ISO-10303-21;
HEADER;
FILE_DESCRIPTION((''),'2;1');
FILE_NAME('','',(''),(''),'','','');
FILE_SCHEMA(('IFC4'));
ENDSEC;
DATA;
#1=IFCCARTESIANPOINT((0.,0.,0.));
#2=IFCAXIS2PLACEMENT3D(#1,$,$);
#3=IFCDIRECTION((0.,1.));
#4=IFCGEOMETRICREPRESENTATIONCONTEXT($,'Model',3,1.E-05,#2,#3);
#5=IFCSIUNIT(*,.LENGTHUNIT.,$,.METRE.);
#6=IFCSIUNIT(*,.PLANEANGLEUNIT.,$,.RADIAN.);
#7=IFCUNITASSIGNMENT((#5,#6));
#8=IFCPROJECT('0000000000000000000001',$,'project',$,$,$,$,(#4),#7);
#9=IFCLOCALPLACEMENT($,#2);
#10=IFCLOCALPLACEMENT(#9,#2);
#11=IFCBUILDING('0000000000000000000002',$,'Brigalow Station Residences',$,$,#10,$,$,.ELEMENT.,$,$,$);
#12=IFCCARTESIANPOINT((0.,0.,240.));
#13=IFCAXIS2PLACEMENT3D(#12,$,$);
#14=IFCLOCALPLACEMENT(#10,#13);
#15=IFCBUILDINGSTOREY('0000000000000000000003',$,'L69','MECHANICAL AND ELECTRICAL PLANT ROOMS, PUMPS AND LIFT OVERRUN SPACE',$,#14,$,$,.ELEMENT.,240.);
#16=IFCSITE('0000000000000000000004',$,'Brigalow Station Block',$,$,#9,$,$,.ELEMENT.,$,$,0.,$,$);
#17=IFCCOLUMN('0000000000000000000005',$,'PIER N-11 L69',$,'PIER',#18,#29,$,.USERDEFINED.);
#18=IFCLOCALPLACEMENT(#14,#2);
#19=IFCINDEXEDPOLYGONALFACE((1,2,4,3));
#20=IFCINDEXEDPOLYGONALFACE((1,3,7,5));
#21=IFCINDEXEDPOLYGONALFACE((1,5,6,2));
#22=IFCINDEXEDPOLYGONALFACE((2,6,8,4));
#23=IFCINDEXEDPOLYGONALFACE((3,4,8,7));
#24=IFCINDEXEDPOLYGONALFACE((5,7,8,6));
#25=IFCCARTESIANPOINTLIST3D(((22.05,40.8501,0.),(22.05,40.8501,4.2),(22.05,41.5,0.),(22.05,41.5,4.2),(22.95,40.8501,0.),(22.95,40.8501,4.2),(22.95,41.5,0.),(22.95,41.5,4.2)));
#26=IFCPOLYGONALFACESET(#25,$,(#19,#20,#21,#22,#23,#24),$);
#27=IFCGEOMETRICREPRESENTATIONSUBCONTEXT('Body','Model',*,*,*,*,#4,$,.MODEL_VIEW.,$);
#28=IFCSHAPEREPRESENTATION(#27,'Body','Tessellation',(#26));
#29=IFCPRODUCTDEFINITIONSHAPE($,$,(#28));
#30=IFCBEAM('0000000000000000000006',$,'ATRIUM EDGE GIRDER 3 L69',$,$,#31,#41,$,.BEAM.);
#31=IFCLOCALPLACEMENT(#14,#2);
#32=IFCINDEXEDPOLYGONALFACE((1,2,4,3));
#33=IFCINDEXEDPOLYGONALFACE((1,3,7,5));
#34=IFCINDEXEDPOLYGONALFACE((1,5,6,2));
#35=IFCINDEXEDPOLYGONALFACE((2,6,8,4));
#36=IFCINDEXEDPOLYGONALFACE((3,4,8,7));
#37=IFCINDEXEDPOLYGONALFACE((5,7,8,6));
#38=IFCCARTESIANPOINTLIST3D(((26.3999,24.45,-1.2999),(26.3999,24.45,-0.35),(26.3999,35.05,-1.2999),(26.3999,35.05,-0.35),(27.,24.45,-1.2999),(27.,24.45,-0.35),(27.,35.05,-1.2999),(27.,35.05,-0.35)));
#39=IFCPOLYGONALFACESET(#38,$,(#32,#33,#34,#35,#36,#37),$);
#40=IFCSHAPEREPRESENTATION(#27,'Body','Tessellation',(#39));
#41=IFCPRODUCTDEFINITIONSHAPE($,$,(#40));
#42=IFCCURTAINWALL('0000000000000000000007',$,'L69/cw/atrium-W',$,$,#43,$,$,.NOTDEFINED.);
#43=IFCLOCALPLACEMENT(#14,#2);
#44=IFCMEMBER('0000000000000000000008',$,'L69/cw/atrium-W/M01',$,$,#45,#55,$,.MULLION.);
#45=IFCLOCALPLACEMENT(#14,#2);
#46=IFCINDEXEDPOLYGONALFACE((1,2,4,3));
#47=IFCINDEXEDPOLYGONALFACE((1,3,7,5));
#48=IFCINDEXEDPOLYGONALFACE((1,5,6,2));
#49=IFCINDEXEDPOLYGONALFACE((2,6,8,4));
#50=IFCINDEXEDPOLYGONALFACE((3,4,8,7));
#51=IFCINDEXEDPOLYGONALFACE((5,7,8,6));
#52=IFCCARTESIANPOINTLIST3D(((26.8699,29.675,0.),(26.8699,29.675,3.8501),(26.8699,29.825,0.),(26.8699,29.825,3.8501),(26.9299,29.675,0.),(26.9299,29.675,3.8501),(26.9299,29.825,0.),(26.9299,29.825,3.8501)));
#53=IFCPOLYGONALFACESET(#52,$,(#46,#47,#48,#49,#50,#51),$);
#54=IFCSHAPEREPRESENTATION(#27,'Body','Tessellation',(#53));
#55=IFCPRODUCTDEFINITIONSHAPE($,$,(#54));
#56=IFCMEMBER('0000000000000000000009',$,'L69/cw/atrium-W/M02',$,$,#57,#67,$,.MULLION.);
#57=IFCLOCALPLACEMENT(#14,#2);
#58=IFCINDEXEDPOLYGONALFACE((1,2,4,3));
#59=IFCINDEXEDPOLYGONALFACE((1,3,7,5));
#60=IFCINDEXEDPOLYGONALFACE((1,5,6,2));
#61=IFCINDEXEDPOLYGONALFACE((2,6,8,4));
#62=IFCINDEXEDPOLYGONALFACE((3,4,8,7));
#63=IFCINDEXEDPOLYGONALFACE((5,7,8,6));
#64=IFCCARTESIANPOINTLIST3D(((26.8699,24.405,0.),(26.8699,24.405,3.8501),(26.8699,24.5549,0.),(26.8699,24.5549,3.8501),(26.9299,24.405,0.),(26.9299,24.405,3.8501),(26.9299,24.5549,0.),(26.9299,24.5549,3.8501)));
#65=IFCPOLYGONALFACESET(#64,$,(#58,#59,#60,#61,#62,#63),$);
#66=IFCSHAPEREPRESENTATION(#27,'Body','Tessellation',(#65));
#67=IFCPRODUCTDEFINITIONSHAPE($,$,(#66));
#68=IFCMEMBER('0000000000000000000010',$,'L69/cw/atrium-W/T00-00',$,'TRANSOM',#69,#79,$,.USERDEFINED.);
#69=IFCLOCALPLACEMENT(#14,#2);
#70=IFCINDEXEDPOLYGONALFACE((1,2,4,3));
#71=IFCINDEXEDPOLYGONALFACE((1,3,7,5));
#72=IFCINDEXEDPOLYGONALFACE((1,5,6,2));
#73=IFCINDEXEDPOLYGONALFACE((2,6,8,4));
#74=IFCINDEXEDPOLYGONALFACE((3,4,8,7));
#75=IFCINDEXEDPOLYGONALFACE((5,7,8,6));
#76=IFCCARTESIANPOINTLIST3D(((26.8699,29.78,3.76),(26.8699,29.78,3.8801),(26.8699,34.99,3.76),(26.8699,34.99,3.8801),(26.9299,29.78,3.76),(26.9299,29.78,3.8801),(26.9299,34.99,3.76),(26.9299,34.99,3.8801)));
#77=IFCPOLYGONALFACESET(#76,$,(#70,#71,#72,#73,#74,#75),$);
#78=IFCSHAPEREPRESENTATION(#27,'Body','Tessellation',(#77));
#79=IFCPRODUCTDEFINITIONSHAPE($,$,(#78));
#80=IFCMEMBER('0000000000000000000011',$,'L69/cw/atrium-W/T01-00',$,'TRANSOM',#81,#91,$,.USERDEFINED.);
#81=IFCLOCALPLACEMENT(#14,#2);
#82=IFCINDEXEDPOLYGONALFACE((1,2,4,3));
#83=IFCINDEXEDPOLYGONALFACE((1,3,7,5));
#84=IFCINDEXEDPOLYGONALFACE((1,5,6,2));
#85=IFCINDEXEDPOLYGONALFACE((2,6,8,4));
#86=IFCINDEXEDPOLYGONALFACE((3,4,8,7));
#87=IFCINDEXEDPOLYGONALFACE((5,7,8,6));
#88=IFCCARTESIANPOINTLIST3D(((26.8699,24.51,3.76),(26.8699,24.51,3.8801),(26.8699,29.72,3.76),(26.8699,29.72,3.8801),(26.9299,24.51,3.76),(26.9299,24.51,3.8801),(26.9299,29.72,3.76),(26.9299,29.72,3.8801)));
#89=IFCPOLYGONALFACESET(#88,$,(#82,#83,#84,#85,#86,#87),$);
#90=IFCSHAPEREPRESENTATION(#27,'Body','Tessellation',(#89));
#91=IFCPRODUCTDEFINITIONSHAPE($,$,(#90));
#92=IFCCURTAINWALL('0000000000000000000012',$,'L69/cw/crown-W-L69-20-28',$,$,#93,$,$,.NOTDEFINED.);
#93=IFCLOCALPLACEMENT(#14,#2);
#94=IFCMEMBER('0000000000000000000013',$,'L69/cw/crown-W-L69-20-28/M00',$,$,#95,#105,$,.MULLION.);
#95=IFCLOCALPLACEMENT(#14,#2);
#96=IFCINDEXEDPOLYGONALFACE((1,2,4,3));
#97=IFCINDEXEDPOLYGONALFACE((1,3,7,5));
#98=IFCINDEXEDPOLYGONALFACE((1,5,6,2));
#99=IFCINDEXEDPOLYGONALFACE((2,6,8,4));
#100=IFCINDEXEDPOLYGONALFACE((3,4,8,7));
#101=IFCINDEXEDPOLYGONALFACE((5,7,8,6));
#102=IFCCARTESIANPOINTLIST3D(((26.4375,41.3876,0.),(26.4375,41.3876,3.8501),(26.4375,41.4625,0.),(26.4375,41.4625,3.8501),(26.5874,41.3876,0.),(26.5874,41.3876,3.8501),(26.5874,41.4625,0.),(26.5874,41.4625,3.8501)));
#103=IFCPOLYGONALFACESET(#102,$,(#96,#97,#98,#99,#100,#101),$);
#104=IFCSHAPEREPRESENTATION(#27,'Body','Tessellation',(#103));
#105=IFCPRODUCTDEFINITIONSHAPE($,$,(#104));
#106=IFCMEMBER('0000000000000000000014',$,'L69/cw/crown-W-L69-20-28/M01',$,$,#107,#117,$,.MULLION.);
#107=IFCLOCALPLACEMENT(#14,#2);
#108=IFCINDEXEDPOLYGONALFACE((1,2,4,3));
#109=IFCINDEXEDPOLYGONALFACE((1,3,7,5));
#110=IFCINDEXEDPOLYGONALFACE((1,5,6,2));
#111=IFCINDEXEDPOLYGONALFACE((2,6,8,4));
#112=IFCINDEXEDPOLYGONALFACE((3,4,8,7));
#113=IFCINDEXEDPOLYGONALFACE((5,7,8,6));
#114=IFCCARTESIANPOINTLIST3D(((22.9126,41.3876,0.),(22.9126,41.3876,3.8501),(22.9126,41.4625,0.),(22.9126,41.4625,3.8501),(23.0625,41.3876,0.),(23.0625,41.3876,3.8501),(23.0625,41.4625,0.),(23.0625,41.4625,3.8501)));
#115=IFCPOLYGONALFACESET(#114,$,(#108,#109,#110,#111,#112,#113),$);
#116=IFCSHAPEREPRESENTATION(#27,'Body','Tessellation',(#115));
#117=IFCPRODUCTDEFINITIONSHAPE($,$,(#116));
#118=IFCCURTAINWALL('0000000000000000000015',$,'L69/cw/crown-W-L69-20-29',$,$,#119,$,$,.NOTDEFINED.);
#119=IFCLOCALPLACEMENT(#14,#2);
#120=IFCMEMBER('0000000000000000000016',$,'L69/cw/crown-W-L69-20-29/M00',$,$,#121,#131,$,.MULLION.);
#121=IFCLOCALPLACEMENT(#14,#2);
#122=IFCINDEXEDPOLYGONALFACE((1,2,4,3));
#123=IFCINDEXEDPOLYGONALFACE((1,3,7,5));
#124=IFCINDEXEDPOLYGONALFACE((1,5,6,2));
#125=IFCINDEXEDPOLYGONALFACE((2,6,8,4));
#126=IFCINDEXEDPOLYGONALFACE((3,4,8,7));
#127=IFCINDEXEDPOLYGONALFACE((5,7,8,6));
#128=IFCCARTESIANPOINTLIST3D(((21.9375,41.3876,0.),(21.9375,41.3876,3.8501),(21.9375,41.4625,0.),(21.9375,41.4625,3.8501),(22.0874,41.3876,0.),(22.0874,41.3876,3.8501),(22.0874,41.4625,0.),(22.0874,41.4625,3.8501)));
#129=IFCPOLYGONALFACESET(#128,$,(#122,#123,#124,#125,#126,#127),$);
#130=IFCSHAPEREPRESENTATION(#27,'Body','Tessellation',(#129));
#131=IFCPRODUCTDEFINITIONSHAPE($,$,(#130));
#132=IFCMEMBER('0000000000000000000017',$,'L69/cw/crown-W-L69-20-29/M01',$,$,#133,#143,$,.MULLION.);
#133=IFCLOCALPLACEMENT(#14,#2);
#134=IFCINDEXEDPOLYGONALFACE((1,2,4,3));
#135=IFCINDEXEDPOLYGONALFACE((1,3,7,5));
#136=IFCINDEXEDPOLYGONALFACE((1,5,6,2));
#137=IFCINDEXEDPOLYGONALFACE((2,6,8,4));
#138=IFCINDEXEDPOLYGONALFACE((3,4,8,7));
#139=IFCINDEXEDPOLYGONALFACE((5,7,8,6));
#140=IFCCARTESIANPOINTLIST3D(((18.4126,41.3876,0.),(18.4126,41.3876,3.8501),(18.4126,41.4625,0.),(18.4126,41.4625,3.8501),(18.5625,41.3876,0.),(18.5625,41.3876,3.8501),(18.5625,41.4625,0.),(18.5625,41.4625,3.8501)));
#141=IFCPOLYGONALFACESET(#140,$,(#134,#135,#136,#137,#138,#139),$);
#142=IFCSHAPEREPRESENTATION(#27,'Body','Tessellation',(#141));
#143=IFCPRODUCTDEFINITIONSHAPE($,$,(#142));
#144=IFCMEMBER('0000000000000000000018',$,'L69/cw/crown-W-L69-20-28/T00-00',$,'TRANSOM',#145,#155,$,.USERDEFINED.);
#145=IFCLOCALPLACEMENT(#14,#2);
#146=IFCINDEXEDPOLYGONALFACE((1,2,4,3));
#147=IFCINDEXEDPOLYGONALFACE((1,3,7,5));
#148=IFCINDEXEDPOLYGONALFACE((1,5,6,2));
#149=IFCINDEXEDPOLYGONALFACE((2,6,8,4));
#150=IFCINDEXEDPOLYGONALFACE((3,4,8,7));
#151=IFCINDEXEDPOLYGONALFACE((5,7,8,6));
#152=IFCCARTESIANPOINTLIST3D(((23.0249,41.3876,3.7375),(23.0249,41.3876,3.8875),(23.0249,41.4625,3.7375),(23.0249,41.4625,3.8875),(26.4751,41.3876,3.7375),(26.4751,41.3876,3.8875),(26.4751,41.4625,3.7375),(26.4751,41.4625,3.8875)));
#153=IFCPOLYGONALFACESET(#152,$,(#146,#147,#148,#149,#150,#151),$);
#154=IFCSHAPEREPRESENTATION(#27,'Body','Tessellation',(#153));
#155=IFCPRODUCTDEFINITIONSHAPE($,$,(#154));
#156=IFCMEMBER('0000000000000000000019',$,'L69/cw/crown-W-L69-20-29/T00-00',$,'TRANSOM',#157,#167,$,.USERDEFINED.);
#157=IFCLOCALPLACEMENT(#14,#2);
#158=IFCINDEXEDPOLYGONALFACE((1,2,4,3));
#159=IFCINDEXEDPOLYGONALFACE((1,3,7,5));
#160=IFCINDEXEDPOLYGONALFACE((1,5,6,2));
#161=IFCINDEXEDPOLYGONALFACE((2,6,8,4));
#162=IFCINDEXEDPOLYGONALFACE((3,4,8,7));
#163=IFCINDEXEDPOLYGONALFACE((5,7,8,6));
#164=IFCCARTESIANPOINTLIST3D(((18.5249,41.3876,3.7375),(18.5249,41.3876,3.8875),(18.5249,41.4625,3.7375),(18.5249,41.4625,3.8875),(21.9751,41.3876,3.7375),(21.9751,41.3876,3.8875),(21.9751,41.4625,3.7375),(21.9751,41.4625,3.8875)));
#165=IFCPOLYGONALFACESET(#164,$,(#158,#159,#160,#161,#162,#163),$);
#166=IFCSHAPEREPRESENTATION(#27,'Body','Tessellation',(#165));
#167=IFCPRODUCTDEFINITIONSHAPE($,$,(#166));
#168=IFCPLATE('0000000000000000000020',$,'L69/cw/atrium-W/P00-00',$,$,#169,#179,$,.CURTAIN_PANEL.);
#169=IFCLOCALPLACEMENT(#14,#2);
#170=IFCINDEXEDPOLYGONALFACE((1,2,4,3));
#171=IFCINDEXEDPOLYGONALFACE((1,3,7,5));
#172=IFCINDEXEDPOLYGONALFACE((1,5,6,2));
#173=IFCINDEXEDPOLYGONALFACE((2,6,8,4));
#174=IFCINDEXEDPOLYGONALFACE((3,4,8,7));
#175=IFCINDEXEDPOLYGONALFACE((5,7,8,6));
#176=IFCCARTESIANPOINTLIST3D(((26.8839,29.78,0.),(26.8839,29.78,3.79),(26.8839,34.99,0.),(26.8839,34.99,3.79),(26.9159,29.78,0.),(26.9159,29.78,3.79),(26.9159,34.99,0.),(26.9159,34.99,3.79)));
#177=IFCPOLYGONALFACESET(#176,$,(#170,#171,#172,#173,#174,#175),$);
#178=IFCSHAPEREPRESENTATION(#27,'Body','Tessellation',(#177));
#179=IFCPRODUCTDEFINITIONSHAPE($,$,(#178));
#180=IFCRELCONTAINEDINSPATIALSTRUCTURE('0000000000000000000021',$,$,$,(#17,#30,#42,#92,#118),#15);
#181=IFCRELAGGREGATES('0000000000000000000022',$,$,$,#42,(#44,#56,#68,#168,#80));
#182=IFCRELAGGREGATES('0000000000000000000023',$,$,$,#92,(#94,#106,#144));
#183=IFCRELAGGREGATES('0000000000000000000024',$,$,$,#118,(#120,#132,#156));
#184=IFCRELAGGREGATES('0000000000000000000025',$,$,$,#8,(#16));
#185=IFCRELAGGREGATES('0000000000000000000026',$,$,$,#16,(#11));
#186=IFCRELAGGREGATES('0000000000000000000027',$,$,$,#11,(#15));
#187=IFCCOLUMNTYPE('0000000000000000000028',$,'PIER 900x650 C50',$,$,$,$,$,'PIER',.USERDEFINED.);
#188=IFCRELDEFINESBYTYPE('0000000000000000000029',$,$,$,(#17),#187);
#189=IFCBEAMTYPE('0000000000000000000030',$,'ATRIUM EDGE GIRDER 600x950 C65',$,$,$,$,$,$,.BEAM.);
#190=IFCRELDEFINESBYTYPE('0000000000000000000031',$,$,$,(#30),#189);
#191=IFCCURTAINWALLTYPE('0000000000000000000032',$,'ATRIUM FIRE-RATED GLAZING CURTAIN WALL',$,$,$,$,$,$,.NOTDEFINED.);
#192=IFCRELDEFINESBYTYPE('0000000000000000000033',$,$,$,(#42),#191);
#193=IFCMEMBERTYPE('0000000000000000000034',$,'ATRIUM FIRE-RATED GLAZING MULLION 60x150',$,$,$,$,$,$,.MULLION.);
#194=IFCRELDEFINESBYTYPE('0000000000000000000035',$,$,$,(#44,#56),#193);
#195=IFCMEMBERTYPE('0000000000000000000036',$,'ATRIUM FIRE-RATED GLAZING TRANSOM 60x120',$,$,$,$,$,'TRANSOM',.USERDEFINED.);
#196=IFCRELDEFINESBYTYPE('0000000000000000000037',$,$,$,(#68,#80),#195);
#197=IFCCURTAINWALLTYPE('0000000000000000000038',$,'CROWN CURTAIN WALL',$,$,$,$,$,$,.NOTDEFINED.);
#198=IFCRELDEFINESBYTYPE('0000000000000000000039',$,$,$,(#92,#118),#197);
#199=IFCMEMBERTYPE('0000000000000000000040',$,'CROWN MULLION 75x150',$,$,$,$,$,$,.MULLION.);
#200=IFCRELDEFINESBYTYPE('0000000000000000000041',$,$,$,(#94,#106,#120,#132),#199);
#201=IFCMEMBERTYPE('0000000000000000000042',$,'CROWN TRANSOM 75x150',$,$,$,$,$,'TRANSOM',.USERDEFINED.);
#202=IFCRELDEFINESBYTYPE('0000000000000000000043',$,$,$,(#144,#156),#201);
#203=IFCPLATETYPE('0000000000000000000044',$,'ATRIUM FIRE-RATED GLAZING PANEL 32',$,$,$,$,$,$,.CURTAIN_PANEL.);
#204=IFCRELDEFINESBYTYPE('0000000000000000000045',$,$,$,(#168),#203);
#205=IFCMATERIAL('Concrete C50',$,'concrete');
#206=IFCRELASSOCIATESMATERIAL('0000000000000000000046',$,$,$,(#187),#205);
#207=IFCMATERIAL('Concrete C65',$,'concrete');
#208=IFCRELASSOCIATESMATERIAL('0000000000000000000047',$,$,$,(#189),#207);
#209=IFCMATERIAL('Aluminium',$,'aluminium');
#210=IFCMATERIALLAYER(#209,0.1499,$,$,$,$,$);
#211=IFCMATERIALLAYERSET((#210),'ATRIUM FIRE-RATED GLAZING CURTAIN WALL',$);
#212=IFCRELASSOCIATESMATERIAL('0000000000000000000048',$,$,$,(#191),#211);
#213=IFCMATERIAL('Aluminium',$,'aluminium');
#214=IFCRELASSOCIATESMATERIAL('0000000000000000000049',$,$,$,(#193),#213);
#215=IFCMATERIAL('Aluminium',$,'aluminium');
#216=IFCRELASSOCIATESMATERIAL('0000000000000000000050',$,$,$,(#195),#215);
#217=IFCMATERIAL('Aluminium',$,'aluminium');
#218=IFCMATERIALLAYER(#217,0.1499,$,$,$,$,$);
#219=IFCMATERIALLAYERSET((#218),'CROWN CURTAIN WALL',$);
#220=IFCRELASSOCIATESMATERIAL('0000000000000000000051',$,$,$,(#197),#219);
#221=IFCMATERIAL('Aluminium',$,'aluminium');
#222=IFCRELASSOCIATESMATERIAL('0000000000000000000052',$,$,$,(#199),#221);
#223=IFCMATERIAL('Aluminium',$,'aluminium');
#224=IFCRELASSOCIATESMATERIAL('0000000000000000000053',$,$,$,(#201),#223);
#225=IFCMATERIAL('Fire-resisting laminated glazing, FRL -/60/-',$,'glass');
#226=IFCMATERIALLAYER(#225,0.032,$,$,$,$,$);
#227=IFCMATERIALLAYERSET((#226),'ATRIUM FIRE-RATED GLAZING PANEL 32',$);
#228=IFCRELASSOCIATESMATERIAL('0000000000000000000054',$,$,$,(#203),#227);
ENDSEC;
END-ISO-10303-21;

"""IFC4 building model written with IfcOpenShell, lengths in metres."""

from ifc_helpers import new_model, si_unit, direction, frame, origin, origin_2d, place, context, subcontext, project, spatial, rectangle, extrude, material, layer, layer_set, material_profile, profile_set, type_object, element, aggregate, save


model = new_model("IFC4")

# Units and contexts
model_context = context("Model", 3, precision=1e-05, world=origin(), true_north=direction((0.0, 1.0)))
body_context = subcontext(model_context, "Body", "Model", "MODEL_VIEW")
ifc_project = project(units=[si_unit("LENGTHUNIT", "METRE"), si_unit("PLANEANGLEUNIT", "RADIAN")], contexts=[model_context])

# Site, building, storey
site_placement = place(None, origin())
site = spatial("IfcSite", under=ifc_project, at=site_placement, Name="Brigalow Station Block", CompositionType="ELEMENT", RefElevation=0.0)
building_placement = place(site_placement, origin())
building = spatial("IfcBuilding", under=site, at=building_placement, Name="Brigalow Station Residences", CompositionType="ELEMENT")
storey_placement = place(building_placement, frame((0.0, 0.0, 240.0)))
storey = spatial("IfcBuildingStorey", under=building, at=storey_placement, Name="L69", Description="MECHANICAL AND ELECTRICAL PLANT ROOMS, PUMPS AND LIFT OVERRUN SPACE", CompositionType="ELEMENT", Elevation=240.0)

# Column
ifc_material_1 = material(Name="Concrete C50", Category="concrete")
ifc_material_profile_1 = material_profile(ifc_material_1, rectangle(XDim=0.8999, YDim=0.6499, at=origin_2d()), Name="RC900x650")
ifc_profile_set_1 = profile_set([ifc_material_profile_1], Name="Concrete C50")
column_type = type_object("IfcColumnType", Name="PIER 900x650 C50", ElementType="PIER", PredefinedType="USERDEFINED", material=ifc_profile_set_1)
column_placement = place(storey_placement, frame((22.5, 41.175, 0.0), z_axis=(0.0, 0.0, 1.0), x_axis=(-1.0, 0.0, 0.0)))
element("IfcColumn", 1, at=column_placement, inside=storey, type_object=column_type, Name="PIER N-11 L69", ObjectType="PIER", PredefinedType="USERDEFINED", context=body_context, shape_type="SweptSolid", body=[
    extrude(rectangle(XDim=0.8999, YDim=0.6499, at=origin_2d()), origin(), (0.0, 0.0, 1.0), 4.2),
])

# Beam
ifc_material_2 = material(Name="Concrete C65", Category="concrete")
ifc_material_profile_2 = material_profile(ifc_material_2, rectangle(XDim=0.6001, YDim=0.95, at=origin_2d()), Name="RC600x950")
ifc_profile_set_2 = profile_set([ifc_material_profile_2], Name="Concrete C65")
beam_type = type_object("IfcBeamType", Name="ATRIUM EDGE GIRDER 600x950 C65", PredefinedType="BEAM", material=ifc_profile_set_2)
beam_placement = place(storey_placement, frame((26.7, 24.45, -0.825), z_axis=(0.0, 1.0, 0.0), x_axis=(-1.0, 0.0, 0.0)))
element("IfcBeam", 2, at=beam_placement, inside=storey, type_object=beam_type, Name="ATRIUM EDGE GIRDER 3 L69", PredefinedType="BEAM", context=body_context, shape_type="SweptSolid", body=[
    extrude(rectangle(XDim=0.6001, YDim=0.95, at=origin_2d()), origin(), (0.0, 0.0, 1.0), 10.6001),
])

# Curtain walls, members
ifc_material_3 = material(Name="Aluminium", Category="aluminium")
ifc_layer_1 = layer(ifc_material_3, 0.1499)
ifc_layer_set_1 = layer_set([ifc_layer_1], Name="ATRIUM FIRE-RATED GLAZING CURTAIN WALL")
curtain_wall_type_1 = type_object("IfcCurtainWallType", Name="ATRIUM FIRE-RATED GLAZING CURTAIN WALL", PredefinedType="NOTDEFINED", material=ifc_layer_set_1)
curtain_wall_1_placement = place(storey_placement, origin())
curtain_wall_1 = element("IfcCurtainWall", 3, at=curtain_wall_1_placement, inside=storey, type_object=curtain_wall_type_1, Name="L69/cw/atrium-W", PredefinedType="NOTDEFINED")
ifc_material_4 = material(Name="Aluminium", Category="aluminium")
ifc_material_profile_3 = material_profile(ifc_material_4, rectangle(XDim=0.0601, YDim=0.1499, at=origin_2d()), Name="ATRIUM FIRE-RATED GLAZING MULLION 60x150")
ifc_profile_set_3 = profile_set([ifc_material_profile_3], Name="Aluminium")
member_type_1 = type_object("IfcMemberType", Name="ATRIUM FIRE-RATED GLAZING MULLION 60x150", PredefinedType="MULLION", material=ifc_profile_set_3)
member_1_placement = place(storey_placement, frame((26.8999, 29.75, 0.0), z_axis=(0.0, 0.0, 1.0), x_axis=(1.0, 0.0, 0.0)))
member_1 = element("IfcMember", 4, at=member_1_placement, type_object=member_type_1, Name="L69/cw/atrium-W/M01", PredefinedType="MULLION", context=body_context, shape_type="SweptSolid", body=[
    extrude(rectangle(XDim=0.0601, YDim=0.1499, at=origin_2d()), origin(), (0.0, 0.0, 1.0), 3.8501),
])
member_2_placement = place(storey_placement, frame((26.8999, 24.48, 0.0), z_axis=(0.0, 0.0, 1.0), x_axis=(1.0, 0.0, 0.0)))
member_2 = element("IfcMember", 5, at=member_2_placement, type_object=member_type_1, Name="L69/cw/atrium-W/M02", PredefinedType="MULLION", context=body_context, shape_type="SweptSolid", body=[
    extrude(rectangle(XDim=0.0601, YDim=0.1499, at=origin_2d()), origin(), (0.0, 0.0, 1.0), 3.8501),
])
ifc_material_5 = material(Name="Aluminium", Category="aluminium")
ifc_material_profile_4 = material_profile(ifc_material_5, rectangle(XDim=0.0601, YDim=0.1201, at=origin_2d()), Name="ATRIUM FIRE-RATED GLAZING TRANSOM 60x120")
ifc_profile_set_4 = profile_set([ifc_material_profile_4], Name="Aluminium")
member_type_2 = type_object("IfcMemberType", Name="ATRIUM FIRE-RATED GLAZING TRANSOM 60x120", ElementType="TRANSOM", PredefinedType="USERDEFINED", material=ifc_profile_set_4)
member_3_placement = place(storey_placement, frame((26.8999, 34.99, 3.8201), z_axis=(0.0, -1.0, 0.0), x_axis=(1.0, 0.0, 0.0)))
member_3 = element("IfcMember", 6, at=member_3_placement, type_object=member_type_2, Name="L69/cw/atrium-W/T00-00", ObjectType="TRANSOM", PredefinedType="USERDEFINED", context=body_context, shape_type="SweptSolid", body=[
    extrude(rectangle(XDim=0.0601, YDim=0.1201, at=origin_2d()), origin(), (0.0, 0.0, 1.0), 5.21),
])
member_4_placement = place(storey_placement, frame((26.8999, 29.72, 3.8201), z_axis=(0.0, -1.0, 0.0), x_axis=(1.0, 0.0, 0.0)))
member_4 = element("IfcMember", 7, at=member_4_placement, type_object=member_type_2, Name="L69/cw/atrium-W/T01-00", ObjectType="TRANSOM", PredefinedType="USERDEFINED", context=body_context, shape_type="SweptSolid", body=[
    extrude(rectangle(XDim=0.0601, YDim=0.1201, at=origin_2d()), origin(), (0.0, 0.0, 1.0), 5.21),
])
ifc_material_6 = material(Name="Aluminium", Category="aluminium")
ifc_layer_2 = layer(ifc_material_6, 0.1499)
ifc_layer_set_2 = layer_set([ifc_layer_2], Name="CROWN CURTAIN WALL")
curtain_wall_type_2 = type_object("IfcCurtainWallType", Name="CROWN CURTAIN WALL", PredefinedType="NOTDEFINED", material=ifc_layer_set_2)
curtain_wall_2_placement = place(storey_placement, origin())
curtain_wall_2 = element("IfcCurtainWall", 8, at=curtain_wall_2_placement, inside=storey, type_object=curtain_wall_type_2, Name="L69/cw/crown-W-L69-20-28", PredefinedType="NOTDEFINED")
ifc_material_7 = material(Name="Aluminium", Category="aluminium")
ifc_material_profile_5 = material_profile(ifc_material_7, rectangle(XDim=0.075, YDim=0.1499, at=origin_2d()), Name="CROWN MULLION 75x150")
ifc_profile_set_5 = profile_set([ifc_material_profile_5], Name="Aluminium")
member_type_3 = type_object("IfcMemberType", Name="CROWN MULLION 75x150", PredefinedType="MULLION", material=ifc_profile_set_5)
member_5_placement = place(storey_placement, frame((26.5125, 41.425, 0.0), z_axis=(0.0, 0.0, 1.0), x_axis=(0.0, -1.0, 0.0)))
member_5 = element("IfcMember", 9, at=member_5_placement, type_object=member_type_3, Name="L69/cw/crown-W-L69-20-28/M00", PredefinedType="MULLION", context=body_context, shape_type="SweptSolid", body=[
    extrude(rectangle(XDim=0.075, YDim=0.1499, at=origin_2d()), origin(), (0.0, 0.0, 1.0), 3.8501),
])
member_6_placement = place(storey_placement, frame((22.9875, 41.425, 0.0), z_axis=(0.0, 0.0, 1.0), x_axis=(0.0, -1.0, 0.0)))
member_6 = element("IfcMember", 10, at=member_6_placement, type_object=member_type_3, Name="L69/cw/crown-W-L69-20-28/M01", PredefinedType="MULLION", context=body_context, shape_type="SweptSolid", body=[
    extrude(rectangle(XDim=0.075, YDim=0.1499, at=origin_2d()), origin(), (0.0, 0.0, 1.0), 3.8501),
])
curtain_wall_3_placement = place(storey_placement, origin())
curtain_wall_3 = element("IfcCurtainWall", 11, at=curtain_wall_3_placement, inside=storey, type_object=curtain_wall_type_2, Name="L69/cw/crown-W-L69-20-29", PredefinedType="NOTDEFINED")
member_7_placement = place(storey_placement, frame((22.0125, 41.425, 0.0), z_axis=(0.0, 0.0, 1.0), x_axis=(0.0, -1.0, 0.0)))
member_7 = element("IfcMember", 12, at=member_7_placement, type_object=member_type_3, Name="L69/cw/crown-W-L69-20-29/M00", PredefinedType="MULLION", context=body_context, shape_type="SweptSolid", body=[
    extrude(rectangle(XDim=0.075, YDim=0.1499, at=origin_2d()), origin(), (0.0, 0.0, 1.0), 3.8501),
])
member_8_placement = place(storey_placement, frame((18.4875, 41.425, 0.0), z_axis=(0.0, 0.0, 1.0), x_axis=(0.0, -1.0, 0.0)))
member_8 = element("IfcMember", 13, at=member_8_placement, type_object=member_type_3, Name="L69/cw/crown-W-L69-20-29/M01", PredefinedType="MULLION", context=body_context, shape_type="SweptSolid", body=[
    extrude(rectangle(XDim=0.075, YDim=0.1499, at=origin_2d()), origin(), (0.0, 0.0, 1.0), 3.8501),
])

# Members
ifc_material_8 = material(Name="Aluminium", Category="aluminium")
ifc_material_profile_6 = material_profile(ifc_material_8, rectangle(XDim=0.075, YDim=0.1499, at=origin_2d()), Name="CROWN TRANSOM 75x150")
ifc_profile_set_6 = profile_set([ifc_material_profile_6], Name="Aluminium")
member_type_4 = type_object("IfcMemberType", Name="CROWN TRANSOM 75x150", ElementType="TRANSOM", PredefinedType="USERDEFINED", material=ifc_profile_set_6)
member_9_placement = place(storey_placement, frame((26.4751, 41.425, 3.8125), z_axis=(-1.0, 0.0, 0.0), x_axis=(0.0, -1.0, 0.0)))
member_9 = element("IfcMember", 14, at=member_9_placement, type_object=member_type_4, Name="L69/cw/crown-W-L69-20-28/T00-00", ObjectType="TRANSOM", PredefinedType="USERDEFINED", context=body_context, shape_type="SweptSolid", body=[
    extrude(rectangle(XDim=0.075, YDim=0.1499, at=origin_2d()), origin(), (0.0, 0.0, 1.0), 3.4502),
])
member_10_placement = place(storey_placement, frame((21.9751, 41.425, 3.8125), z_axis=(-1.0, 0.0, 0.0), x_axis=(0.0, -1.0, 0.0)))
member_10 = element("IfcMember", 15, at=member_10_placement, type_object=member_type_4, Name="L69/cw/crown-W-L69-20-29/T00-00", ObjectType="TRANSOM", PredefinedType="USERDEFINED", context=body_context, shape_type="SweptSolid", body=[
    extrude(rectangle(XDim=0.075, YDim=0.1499, at=origin_2d()), origin(), (0.0, 0.0, 1.0), 3.4502),
])

# Plate
ifc_material_9 = material(Name="Fire-resisting laminated glazing, FRL -/60/-", Category="glass")
ifc_layer_3 = layer(ifc_material_9, 0.032)
ifc_layer_set_3 = layer_set([ifc_layer_3], Name="ATRIUM FIRE-RATED GLAZING PANEL 32")
plate_type = type_object("IfcPlateType", Name="ATRIUM FIRE-RATED GLAZING PANEL 32", PredefinedType="CURTAIN_PANEL", material=ifc_layer_set_3)
plate_1_placement = place(storey_placement, frame((26.8999, 32.385, 0.0), z_axis=(0.0, 0.0, 1.0), x_axis=(0.0, -1.0, 0.0)))
plate_1 = element("IfcPlate", 16, at=plate_1_placement, type_object=plate_type, Name="L69/cw/atrium-W/P00-00", PredefinedType="CURTAIN_PANEL", context=body_context, shape_type="SweptSolid", body=[
    extrude(rectangle(XDim=5.21, YDim=0.032, at=origin_2d()), origin(), (0.0, 0.0, 1.0), 3.79),
])
aggregate(curtain_wall_1, [member_1, member_2, member_3, plate_1, member_4])

aggregate(curtain_wall_2, [member_5, member_6, member_9])
aggregate(curtain_wall_3, [member_7, member_8, member_10])

save(model, "model.ifc")
